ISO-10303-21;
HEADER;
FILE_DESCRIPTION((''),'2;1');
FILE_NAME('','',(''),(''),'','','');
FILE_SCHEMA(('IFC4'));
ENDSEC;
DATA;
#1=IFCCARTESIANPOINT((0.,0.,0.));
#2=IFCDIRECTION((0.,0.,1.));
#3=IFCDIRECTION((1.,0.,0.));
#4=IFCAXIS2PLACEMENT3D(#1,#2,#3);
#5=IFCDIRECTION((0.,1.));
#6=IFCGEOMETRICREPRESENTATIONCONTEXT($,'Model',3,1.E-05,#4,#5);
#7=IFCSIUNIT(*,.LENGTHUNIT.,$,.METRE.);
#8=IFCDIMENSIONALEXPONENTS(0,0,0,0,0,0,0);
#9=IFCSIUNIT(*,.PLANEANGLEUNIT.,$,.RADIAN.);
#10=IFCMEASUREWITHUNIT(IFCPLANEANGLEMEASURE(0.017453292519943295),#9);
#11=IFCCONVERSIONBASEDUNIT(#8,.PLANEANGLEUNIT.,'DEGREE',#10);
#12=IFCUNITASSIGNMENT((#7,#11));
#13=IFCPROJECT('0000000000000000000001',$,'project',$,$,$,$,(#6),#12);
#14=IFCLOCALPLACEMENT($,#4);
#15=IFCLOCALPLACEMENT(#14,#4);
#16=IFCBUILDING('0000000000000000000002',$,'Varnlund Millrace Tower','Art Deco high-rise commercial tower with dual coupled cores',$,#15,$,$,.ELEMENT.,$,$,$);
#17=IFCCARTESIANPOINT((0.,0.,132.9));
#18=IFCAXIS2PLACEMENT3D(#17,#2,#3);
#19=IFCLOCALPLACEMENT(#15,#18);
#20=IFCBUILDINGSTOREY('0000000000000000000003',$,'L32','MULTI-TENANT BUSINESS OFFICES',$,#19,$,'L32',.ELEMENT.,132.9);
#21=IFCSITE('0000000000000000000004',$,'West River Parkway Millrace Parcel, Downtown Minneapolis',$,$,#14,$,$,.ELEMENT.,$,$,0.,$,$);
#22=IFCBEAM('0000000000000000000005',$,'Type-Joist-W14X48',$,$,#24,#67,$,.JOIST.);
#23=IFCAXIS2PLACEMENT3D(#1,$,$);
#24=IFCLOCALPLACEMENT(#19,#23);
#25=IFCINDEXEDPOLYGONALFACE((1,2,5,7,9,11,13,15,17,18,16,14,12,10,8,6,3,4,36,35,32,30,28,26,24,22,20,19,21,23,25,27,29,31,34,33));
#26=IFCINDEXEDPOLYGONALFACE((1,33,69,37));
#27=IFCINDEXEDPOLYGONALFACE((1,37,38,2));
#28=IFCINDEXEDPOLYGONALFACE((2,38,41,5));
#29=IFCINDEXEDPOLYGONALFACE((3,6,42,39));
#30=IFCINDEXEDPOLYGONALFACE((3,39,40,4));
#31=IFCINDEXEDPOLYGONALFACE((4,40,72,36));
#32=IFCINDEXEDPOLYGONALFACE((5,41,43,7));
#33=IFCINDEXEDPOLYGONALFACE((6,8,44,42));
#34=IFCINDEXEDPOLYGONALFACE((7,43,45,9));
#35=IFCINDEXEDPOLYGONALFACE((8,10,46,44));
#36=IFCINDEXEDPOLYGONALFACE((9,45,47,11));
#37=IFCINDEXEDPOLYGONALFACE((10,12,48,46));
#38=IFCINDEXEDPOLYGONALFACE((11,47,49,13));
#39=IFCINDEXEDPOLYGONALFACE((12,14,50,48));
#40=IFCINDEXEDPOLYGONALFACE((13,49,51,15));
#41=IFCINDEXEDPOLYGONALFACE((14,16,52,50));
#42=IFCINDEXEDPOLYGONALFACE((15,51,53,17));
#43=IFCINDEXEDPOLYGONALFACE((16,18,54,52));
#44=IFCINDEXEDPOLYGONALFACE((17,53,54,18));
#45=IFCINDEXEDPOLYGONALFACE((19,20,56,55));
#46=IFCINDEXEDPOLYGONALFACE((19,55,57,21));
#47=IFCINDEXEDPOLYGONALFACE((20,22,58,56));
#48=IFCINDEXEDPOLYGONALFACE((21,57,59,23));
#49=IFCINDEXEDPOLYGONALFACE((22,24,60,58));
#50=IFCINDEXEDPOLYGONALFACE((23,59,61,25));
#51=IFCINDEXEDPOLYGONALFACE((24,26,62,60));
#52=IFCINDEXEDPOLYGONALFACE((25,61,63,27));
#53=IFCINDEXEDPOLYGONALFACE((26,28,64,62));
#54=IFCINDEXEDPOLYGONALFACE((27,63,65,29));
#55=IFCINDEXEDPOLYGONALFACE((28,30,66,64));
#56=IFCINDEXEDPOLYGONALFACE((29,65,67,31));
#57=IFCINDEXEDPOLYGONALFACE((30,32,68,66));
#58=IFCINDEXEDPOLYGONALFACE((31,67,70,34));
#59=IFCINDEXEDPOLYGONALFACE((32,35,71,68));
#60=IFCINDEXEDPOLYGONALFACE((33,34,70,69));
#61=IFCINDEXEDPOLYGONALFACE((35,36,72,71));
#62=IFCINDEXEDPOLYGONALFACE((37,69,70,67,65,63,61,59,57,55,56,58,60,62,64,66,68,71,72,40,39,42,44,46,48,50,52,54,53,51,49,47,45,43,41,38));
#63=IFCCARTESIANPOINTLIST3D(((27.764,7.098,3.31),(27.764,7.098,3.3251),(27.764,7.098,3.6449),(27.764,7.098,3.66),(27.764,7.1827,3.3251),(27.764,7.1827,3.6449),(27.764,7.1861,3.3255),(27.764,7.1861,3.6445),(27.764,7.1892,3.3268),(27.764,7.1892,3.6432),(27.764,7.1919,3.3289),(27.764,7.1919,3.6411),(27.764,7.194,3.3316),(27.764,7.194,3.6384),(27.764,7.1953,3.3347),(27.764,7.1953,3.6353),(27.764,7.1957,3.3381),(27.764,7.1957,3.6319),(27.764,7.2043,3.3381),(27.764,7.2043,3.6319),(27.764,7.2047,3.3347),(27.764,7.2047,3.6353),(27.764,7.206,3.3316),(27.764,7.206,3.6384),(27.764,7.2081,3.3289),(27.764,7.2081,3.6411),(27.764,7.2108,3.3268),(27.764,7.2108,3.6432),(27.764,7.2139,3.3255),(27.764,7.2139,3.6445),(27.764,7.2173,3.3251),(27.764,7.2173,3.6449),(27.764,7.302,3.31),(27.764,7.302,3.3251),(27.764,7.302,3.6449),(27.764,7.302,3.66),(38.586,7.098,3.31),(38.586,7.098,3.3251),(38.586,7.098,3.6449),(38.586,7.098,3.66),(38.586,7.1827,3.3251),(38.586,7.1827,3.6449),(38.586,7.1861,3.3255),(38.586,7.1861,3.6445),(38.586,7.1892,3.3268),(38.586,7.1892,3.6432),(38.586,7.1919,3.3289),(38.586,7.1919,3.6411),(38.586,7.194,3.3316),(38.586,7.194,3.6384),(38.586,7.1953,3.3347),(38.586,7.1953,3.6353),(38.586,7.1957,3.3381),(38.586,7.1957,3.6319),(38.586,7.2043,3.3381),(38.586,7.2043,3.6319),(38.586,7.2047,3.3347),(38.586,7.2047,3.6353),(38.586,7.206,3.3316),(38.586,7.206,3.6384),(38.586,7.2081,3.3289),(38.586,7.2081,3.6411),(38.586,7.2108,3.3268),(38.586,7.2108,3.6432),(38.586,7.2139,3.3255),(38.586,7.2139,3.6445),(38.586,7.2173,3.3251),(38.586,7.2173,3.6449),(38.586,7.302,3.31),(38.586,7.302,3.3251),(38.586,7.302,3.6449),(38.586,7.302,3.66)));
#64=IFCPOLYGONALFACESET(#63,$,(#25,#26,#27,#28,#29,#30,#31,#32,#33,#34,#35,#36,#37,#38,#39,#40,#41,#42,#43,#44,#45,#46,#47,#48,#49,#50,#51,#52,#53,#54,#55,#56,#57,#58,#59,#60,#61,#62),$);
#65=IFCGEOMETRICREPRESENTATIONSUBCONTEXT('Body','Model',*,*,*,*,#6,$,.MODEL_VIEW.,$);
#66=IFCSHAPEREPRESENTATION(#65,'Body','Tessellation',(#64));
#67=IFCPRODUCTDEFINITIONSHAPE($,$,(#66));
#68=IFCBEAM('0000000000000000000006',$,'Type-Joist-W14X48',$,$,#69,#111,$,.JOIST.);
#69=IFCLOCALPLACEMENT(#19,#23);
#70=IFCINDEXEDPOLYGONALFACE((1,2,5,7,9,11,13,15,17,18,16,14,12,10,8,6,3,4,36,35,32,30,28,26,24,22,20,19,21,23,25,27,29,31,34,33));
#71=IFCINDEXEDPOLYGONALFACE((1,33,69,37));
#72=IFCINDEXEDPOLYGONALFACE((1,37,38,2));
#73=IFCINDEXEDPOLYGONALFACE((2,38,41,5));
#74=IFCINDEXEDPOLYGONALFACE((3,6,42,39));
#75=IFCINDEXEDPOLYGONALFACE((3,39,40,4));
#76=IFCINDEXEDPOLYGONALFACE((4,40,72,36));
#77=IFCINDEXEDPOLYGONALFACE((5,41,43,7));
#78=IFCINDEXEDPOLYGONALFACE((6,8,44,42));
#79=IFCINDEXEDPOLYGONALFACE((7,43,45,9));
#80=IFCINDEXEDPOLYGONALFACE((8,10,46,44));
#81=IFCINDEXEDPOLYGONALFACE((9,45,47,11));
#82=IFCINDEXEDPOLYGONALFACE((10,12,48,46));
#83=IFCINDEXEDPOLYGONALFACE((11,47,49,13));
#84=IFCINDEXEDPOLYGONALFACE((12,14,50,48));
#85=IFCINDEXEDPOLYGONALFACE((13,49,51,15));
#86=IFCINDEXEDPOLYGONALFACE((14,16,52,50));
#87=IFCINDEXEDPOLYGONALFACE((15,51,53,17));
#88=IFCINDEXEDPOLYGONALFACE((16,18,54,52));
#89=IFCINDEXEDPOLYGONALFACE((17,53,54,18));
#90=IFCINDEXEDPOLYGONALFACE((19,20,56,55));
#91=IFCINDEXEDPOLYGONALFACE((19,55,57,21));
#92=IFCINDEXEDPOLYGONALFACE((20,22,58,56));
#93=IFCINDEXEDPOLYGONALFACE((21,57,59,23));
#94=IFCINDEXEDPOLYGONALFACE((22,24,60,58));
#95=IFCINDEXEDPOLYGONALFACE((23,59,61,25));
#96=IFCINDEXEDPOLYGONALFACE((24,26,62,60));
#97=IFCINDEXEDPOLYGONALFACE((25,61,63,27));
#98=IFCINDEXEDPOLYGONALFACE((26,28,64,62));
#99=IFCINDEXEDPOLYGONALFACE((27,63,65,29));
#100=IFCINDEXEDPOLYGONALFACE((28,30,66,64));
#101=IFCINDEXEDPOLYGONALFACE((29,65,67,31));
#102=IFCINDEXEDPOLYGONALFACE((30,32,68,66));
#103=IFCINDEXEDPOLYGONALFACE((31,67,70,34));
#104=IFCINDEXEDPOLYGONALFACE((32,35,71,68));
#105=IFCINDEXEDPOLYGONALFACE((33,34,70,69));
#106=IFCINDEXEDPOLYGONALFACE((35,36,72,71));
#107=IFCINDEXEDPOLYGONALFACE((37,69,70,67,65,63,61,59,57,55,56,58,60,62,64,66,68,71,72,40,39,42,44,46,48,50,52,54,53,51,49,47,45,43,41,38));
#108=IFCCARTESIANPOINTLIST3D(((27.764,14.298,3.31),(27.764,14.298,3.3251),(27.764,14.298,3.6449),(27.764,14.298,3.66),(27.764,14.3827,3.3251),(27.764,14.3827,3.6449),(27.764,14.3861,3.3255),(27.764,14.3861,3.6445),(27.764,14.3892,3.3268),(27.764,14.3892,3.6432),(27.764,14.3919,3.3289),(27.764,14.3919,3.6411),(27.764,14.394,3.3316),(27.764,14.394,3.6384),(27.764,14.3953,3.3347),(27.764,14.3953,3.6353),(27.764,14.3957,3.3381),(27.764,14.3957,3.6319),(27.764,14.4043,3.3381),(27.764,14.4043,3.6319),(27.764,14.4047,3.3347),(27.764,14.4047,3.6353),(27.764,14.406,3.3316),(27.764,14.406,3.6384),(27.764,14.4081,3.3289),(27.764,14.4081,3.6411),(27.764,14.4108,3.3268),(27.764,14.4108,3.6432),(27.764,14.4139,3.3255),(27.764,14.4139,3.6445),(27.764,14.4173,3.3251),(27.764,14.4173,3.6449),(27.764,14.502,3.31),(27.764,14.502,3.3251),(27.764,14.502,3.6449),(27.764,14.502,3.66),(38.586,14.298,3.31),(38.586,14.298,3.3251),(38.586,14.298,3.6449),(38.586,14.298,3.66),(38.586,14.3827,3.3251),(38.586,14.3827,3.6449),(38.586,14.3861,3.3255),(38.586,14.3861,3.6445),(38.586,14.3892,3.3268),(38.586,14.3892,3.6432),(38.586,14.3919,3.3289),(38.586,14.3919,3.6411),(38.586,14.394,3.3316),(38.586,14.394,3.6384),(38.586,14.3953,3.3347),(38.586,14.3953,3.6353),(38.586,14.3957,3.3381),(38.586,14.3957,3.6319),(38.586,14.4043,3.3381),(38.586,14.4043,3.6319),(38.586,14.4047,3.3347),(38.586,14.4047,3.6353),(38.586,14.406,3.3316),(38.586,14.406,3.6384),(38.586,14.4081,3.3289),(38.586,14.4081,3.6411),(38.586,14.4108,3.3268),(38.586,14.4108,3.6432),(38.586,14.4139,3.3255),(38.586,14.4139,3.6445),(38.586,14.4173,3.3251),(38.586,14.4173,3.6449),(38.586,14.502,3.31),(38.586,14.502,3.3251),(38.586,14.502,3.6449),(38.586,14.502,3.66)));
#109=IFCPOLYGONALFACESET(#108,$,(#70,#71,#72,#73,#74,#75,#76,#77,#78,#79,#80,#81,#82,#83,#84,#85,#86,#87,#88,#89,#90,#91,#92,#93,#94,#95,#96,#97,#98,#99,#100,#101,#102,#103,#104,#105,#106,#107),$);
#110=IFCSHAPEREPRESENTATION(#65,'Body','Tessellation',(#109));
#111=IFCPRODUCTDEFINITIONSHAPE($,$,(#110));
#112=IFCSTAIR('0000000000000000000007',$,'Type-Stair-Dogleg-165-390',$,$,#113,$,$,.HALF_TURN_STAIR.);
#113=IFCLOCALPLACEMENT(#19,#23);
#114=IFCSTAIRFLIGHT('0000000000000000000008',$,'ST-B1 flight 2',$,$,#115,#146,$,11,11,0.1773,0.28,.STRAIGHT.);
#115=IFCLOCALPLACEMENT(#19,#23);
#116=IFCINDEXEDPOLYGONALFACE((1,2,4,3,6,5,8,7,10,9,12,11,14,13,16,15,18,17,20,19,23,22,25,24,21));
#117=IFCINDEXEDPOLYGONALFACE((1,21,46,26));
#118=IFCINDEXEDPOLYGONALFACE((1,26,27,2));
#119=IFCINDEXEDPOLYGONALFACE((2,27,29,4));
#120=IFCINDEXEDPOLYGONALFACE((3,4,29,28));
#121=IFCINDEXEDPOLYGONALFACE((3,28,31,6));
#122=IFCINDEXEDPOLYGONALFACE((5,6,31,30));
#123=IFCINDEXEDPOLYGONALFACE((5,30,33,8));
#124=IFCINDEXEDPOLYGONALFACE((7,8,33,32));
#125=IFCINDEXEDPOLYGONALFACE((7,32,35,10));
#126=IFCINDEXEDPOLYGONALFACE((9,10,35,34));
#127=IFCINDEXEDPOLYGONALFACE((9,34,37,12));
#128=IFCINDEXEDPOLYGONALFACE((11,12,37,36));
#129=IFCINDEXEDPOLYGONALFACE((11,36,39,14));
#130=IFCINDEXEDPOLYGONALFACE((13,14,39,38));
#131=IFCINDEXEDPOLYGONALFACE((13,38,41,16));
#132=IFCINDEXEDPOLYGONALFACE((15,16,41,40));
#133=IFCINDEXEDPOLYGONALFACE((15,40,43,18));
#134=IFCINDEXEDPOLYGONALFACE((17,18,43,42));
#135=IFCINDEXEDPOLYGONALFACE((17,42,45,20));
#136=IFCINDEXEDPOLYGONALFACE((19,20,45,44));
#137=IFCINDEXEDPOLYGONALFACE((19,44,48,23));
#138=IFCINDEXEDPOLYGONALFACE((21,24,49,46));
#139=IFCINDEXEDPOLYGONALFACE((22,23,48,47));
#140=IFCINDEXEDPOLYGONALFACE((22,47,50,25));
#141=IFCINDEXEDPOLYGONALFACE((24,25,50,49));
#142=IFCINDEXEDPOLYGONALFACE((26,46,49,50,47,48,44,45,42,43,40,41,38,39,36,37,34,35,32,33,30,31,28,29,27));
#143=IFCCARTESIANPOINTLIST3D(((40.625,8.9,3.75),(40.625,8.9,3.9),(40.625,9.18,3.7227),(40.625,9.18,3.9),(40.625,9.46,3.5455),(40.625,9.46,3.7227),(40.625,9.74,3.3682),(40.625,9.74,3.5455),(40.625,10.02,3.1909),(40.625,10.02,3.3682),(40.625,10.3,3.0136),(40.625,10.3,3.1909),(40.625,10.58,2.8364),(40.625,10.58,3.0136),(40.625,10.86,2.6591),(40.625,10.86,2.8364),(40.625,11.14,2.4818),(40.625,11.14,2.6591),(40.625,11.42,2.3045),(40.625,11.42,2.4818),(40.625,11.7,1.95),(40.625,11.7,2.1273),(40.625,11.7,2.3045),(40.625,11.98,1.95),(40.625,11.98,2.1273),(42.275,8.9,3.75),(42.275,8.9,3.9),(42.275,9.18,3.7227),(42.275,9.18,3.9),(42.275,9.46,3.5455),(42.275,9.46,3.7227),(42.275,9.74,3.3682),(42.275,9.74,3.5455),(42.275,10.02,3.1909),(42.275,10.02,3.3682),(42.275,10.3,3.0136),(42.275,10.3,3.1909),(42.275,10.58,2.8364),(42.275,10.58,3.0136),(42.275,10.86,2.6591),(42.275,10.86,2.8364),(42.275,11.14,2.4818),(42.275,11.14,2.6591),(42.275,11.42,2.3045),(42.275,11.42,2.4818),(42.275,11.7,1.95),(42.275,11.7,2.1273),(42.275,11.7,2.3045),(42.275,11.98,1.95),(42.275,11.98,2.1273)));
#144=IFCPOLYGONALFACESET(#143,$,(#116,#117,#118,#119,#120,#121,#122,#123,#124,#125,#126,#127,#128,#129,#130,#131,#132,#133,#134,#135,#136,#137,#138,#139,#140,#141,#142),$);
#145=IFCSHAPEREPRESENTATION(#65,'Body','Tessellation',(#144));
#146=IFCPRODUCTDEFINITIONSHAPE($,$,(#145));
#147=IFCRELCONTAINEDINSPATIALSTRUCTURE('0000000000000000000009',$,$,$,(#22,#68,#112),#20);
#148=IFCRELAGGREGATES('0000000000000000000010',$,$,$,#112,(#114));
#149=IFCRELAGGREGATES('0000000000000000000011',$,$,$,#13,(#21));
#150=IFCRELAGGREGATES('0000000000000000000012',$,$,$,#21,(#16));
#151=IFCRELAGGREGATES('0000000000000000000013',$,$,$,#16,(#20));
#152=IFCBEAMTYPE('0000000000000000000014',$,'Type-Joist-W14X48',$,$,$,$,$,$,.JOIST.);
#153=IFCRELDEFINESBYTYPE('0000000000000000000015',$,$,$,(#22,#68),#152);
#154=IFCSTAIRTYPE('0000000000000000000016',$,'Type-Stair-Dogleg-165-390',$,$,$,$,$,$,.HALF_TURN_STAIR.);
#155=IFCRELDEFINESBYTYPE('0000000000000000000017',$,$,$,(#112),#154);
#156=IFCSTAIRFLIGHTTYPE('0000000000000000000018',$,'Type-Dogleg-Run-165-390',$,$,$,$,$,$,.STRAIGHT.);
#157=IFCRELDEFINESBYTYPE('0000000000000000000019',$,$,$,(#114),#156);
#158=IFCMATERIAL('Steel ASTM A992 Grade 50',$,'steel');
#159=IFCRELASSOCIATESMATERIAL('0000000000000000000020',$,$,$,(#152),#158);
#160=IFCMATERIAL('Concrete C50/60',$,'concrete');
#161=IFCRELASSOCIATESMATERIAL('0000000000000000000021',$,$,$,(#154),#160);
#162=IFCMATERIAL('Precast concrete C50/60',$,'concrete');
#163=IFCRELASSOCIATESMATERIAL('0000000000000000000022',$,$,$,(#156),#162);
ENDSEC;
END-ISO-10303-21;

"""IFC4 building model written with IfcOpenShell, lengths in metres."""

from ifc_helpers import new_model, entity, si_unit, converted_unit, direction, frame, origin_with_axes, origin_2d_with_axis, place, context, subcontext, project, spatial, polyline, i_section, outline, extrude, material, material_profile, profile_set, type_object, element, aggregate, save


model = new_model("IFC4")

# Units and contexts
model_context = context("Model", 3, precision=1e-05, world=origin_with_axes(), true_north=direction((0.0, 1.0)))
body_context = subcontext(model_context, "Body", "Model", "MODEL_VIEW")
ifc_project = project(units=[si_unit("LENGTHUNIT", "METRE"), converted_unit("PLANEANGLEUNIT", "DEGREE", entity("IfcPlaneAngleMeasure", 0.017453292519943295), si_unit("PLANEANGLEUNIT", "RADIAN"), dimensions=[0, 0, 0, 0, 0, 0, 0])], contexts=[model_context])

# Site, building, storey
site_placement = place(None, origin_with_axes())
site = spatial("IfcSite", under=ifc_project, at=site_placement, Name="West River Parkway Millrace Parcel, Downtown Minneapolis", CompositionType="ELEMENT", RefElevation=0.0)
building_placement = place(site_placement, origin_with_axes())
building = spatial("IfcBuilding", under=site, at=building_placement, Name="Varnlund Millrace Tower", Description="Art Deco high-rise commercial tower with dual coupled cores", CompositionType="ELEMENT")
storey_placement = place(building_placement, frame((0.0, 0.0, 132.9), z_axis=(0.0, 0.0, 1.0), x_axis=(1.0, 0.0, 0.0)))
storey = spatial("IfcBuildingStorey", under=building, at=storey_placement, Name="L32", Description="MULTI-TENANT BUSINESS OFFICES", LongName="L32", CompositionType="ELEMENT", Elevation=132.9)

# Beams
ifc_material_1 = material(Name="Steel ASTM A992 Grade 50", Category="steel")
ifc_material_profile_1 = material_profile(ifc_material_1, i_section(OverallWidth=0.204, OverallDepth=0.35, WebThickness=0.0086, FlangeThickness=0.0151, FilletRadius=0.013, at=origin_2d_with_axis()), Name="Steel ASTM A992 Grade 50")
ifc_profile_set_1 = profile_set([ifc_material_profile_1], Name="Steel ASTM A992 Grade 50")
beam_type_1 = type_object("IfcBeamType", Name="Type-Joist-W14X48", PredefinedType="JOIST", material=ifc_profile_set_1)
for number, where, z_axis, x_axis, name in (
    (1, (27.764, 7.2, 3.485), (1.0, 0.0, 0.0), (0.0, 1.0, 0.0), "Type-Joist-W14X48"),
    (2, (27.764, 14.4, 3.485), (1.0, 0.0, 0.0), (0.0, 1.0, 0.0), "Type-Joist-W14X48"),
):
    element("IfcBeam", number, at=place(storey_placement, frame(where, z_axis=z_axis, x_axis=x_axis)), inside=storey, type_object=beam_type_1, Name=name, PredefinedType="JOIST", context=body_context, shape_type="SweptSolid", body=[
        extrude(i_section(OverallWidth=0.204, OverallDepth=0.35, WebThickness=0.0086, FlangeThickness=0.0151, FilletRadius=0.013, at=origin_2d_with_axis()), origin_with_axes(), (0.0, 0.0, 1.0), 10.822),
    ])

# Stair, stair flight
ifc_material_2 = material(Name="Concrete C50/60", Category="concrete")
stair_type = type_object("IfcStairType", Name="Type-Stair-Dogleg-165-390", PredefinedType="HALF_TURN_STAIR", material=ifc_material_2)
stair_placement = place(storey_placement, origin_with_axes())
stair = element("IfcStair", 3, at=stair_placement, inside=storey, type_object=stair_type, Name="Type-Stair-Dogleg-165-390", PredefinedType="HALF_TURN_STAIR")
ifc_material_3 = material(Name="Precast concrete C50/60", Category="concrete")
stair_flight_type = type_object("IfcStairFlightType", Name="Type-Dogleg-Run-165-390", PredefinedType="STRAIGHT", material=ifc_material_3)
stair_flight_placement = place(storey_placement, frame((42.275, 11.98, 1.95), z_axis=(-1.0, 0.0, 0.0), x_axis=(0.0, -1.0, 0.0)))
stair_flight = element("IfcStairFlight", 4, at=stair_flight_placement, type_object=stair_flight_type, Name="ST-B1 flight 2", NumberOfRisers=11, NumberOfTreads=11, PredefinedType="STRAIGHT", RiserHeight=0.1773, TreadLength=0.28, context=body_context, shape_type="SweptSolid", body=[
    extrude(outline(polyline([(0.0, 0.0), (0.0, 0.1773), (0.28, 0.1773), (0.28, 0.3545), (0.56, 0.3545), (0.56, 0.5318), (0.84, 0.5318), (0.84, 0.7091), (1.12, 0.7091), (1.12, 0.8864), (1.4, 0.8864), (1.4, 1.0636), (1.68, 1.0636), (1.68, 1.2409), (1.96, 1.2409), (1.96, 1.4182), (2.24, 1.4182), (2.24, 1.5955), (2.52, 1.5955), (2.52, 1.7727), (2.8, 1.7727), (2.8, 1.95), (3.08, 1.95), (3.08, 1.8), (0.28, 0.0), (0.0, 0.0)])), origin_with_axes(), (0.0, 0.0, 1.0), 1.65),
])
aggregate(stair, [stair_flight])

save(model, "model.ifc")
